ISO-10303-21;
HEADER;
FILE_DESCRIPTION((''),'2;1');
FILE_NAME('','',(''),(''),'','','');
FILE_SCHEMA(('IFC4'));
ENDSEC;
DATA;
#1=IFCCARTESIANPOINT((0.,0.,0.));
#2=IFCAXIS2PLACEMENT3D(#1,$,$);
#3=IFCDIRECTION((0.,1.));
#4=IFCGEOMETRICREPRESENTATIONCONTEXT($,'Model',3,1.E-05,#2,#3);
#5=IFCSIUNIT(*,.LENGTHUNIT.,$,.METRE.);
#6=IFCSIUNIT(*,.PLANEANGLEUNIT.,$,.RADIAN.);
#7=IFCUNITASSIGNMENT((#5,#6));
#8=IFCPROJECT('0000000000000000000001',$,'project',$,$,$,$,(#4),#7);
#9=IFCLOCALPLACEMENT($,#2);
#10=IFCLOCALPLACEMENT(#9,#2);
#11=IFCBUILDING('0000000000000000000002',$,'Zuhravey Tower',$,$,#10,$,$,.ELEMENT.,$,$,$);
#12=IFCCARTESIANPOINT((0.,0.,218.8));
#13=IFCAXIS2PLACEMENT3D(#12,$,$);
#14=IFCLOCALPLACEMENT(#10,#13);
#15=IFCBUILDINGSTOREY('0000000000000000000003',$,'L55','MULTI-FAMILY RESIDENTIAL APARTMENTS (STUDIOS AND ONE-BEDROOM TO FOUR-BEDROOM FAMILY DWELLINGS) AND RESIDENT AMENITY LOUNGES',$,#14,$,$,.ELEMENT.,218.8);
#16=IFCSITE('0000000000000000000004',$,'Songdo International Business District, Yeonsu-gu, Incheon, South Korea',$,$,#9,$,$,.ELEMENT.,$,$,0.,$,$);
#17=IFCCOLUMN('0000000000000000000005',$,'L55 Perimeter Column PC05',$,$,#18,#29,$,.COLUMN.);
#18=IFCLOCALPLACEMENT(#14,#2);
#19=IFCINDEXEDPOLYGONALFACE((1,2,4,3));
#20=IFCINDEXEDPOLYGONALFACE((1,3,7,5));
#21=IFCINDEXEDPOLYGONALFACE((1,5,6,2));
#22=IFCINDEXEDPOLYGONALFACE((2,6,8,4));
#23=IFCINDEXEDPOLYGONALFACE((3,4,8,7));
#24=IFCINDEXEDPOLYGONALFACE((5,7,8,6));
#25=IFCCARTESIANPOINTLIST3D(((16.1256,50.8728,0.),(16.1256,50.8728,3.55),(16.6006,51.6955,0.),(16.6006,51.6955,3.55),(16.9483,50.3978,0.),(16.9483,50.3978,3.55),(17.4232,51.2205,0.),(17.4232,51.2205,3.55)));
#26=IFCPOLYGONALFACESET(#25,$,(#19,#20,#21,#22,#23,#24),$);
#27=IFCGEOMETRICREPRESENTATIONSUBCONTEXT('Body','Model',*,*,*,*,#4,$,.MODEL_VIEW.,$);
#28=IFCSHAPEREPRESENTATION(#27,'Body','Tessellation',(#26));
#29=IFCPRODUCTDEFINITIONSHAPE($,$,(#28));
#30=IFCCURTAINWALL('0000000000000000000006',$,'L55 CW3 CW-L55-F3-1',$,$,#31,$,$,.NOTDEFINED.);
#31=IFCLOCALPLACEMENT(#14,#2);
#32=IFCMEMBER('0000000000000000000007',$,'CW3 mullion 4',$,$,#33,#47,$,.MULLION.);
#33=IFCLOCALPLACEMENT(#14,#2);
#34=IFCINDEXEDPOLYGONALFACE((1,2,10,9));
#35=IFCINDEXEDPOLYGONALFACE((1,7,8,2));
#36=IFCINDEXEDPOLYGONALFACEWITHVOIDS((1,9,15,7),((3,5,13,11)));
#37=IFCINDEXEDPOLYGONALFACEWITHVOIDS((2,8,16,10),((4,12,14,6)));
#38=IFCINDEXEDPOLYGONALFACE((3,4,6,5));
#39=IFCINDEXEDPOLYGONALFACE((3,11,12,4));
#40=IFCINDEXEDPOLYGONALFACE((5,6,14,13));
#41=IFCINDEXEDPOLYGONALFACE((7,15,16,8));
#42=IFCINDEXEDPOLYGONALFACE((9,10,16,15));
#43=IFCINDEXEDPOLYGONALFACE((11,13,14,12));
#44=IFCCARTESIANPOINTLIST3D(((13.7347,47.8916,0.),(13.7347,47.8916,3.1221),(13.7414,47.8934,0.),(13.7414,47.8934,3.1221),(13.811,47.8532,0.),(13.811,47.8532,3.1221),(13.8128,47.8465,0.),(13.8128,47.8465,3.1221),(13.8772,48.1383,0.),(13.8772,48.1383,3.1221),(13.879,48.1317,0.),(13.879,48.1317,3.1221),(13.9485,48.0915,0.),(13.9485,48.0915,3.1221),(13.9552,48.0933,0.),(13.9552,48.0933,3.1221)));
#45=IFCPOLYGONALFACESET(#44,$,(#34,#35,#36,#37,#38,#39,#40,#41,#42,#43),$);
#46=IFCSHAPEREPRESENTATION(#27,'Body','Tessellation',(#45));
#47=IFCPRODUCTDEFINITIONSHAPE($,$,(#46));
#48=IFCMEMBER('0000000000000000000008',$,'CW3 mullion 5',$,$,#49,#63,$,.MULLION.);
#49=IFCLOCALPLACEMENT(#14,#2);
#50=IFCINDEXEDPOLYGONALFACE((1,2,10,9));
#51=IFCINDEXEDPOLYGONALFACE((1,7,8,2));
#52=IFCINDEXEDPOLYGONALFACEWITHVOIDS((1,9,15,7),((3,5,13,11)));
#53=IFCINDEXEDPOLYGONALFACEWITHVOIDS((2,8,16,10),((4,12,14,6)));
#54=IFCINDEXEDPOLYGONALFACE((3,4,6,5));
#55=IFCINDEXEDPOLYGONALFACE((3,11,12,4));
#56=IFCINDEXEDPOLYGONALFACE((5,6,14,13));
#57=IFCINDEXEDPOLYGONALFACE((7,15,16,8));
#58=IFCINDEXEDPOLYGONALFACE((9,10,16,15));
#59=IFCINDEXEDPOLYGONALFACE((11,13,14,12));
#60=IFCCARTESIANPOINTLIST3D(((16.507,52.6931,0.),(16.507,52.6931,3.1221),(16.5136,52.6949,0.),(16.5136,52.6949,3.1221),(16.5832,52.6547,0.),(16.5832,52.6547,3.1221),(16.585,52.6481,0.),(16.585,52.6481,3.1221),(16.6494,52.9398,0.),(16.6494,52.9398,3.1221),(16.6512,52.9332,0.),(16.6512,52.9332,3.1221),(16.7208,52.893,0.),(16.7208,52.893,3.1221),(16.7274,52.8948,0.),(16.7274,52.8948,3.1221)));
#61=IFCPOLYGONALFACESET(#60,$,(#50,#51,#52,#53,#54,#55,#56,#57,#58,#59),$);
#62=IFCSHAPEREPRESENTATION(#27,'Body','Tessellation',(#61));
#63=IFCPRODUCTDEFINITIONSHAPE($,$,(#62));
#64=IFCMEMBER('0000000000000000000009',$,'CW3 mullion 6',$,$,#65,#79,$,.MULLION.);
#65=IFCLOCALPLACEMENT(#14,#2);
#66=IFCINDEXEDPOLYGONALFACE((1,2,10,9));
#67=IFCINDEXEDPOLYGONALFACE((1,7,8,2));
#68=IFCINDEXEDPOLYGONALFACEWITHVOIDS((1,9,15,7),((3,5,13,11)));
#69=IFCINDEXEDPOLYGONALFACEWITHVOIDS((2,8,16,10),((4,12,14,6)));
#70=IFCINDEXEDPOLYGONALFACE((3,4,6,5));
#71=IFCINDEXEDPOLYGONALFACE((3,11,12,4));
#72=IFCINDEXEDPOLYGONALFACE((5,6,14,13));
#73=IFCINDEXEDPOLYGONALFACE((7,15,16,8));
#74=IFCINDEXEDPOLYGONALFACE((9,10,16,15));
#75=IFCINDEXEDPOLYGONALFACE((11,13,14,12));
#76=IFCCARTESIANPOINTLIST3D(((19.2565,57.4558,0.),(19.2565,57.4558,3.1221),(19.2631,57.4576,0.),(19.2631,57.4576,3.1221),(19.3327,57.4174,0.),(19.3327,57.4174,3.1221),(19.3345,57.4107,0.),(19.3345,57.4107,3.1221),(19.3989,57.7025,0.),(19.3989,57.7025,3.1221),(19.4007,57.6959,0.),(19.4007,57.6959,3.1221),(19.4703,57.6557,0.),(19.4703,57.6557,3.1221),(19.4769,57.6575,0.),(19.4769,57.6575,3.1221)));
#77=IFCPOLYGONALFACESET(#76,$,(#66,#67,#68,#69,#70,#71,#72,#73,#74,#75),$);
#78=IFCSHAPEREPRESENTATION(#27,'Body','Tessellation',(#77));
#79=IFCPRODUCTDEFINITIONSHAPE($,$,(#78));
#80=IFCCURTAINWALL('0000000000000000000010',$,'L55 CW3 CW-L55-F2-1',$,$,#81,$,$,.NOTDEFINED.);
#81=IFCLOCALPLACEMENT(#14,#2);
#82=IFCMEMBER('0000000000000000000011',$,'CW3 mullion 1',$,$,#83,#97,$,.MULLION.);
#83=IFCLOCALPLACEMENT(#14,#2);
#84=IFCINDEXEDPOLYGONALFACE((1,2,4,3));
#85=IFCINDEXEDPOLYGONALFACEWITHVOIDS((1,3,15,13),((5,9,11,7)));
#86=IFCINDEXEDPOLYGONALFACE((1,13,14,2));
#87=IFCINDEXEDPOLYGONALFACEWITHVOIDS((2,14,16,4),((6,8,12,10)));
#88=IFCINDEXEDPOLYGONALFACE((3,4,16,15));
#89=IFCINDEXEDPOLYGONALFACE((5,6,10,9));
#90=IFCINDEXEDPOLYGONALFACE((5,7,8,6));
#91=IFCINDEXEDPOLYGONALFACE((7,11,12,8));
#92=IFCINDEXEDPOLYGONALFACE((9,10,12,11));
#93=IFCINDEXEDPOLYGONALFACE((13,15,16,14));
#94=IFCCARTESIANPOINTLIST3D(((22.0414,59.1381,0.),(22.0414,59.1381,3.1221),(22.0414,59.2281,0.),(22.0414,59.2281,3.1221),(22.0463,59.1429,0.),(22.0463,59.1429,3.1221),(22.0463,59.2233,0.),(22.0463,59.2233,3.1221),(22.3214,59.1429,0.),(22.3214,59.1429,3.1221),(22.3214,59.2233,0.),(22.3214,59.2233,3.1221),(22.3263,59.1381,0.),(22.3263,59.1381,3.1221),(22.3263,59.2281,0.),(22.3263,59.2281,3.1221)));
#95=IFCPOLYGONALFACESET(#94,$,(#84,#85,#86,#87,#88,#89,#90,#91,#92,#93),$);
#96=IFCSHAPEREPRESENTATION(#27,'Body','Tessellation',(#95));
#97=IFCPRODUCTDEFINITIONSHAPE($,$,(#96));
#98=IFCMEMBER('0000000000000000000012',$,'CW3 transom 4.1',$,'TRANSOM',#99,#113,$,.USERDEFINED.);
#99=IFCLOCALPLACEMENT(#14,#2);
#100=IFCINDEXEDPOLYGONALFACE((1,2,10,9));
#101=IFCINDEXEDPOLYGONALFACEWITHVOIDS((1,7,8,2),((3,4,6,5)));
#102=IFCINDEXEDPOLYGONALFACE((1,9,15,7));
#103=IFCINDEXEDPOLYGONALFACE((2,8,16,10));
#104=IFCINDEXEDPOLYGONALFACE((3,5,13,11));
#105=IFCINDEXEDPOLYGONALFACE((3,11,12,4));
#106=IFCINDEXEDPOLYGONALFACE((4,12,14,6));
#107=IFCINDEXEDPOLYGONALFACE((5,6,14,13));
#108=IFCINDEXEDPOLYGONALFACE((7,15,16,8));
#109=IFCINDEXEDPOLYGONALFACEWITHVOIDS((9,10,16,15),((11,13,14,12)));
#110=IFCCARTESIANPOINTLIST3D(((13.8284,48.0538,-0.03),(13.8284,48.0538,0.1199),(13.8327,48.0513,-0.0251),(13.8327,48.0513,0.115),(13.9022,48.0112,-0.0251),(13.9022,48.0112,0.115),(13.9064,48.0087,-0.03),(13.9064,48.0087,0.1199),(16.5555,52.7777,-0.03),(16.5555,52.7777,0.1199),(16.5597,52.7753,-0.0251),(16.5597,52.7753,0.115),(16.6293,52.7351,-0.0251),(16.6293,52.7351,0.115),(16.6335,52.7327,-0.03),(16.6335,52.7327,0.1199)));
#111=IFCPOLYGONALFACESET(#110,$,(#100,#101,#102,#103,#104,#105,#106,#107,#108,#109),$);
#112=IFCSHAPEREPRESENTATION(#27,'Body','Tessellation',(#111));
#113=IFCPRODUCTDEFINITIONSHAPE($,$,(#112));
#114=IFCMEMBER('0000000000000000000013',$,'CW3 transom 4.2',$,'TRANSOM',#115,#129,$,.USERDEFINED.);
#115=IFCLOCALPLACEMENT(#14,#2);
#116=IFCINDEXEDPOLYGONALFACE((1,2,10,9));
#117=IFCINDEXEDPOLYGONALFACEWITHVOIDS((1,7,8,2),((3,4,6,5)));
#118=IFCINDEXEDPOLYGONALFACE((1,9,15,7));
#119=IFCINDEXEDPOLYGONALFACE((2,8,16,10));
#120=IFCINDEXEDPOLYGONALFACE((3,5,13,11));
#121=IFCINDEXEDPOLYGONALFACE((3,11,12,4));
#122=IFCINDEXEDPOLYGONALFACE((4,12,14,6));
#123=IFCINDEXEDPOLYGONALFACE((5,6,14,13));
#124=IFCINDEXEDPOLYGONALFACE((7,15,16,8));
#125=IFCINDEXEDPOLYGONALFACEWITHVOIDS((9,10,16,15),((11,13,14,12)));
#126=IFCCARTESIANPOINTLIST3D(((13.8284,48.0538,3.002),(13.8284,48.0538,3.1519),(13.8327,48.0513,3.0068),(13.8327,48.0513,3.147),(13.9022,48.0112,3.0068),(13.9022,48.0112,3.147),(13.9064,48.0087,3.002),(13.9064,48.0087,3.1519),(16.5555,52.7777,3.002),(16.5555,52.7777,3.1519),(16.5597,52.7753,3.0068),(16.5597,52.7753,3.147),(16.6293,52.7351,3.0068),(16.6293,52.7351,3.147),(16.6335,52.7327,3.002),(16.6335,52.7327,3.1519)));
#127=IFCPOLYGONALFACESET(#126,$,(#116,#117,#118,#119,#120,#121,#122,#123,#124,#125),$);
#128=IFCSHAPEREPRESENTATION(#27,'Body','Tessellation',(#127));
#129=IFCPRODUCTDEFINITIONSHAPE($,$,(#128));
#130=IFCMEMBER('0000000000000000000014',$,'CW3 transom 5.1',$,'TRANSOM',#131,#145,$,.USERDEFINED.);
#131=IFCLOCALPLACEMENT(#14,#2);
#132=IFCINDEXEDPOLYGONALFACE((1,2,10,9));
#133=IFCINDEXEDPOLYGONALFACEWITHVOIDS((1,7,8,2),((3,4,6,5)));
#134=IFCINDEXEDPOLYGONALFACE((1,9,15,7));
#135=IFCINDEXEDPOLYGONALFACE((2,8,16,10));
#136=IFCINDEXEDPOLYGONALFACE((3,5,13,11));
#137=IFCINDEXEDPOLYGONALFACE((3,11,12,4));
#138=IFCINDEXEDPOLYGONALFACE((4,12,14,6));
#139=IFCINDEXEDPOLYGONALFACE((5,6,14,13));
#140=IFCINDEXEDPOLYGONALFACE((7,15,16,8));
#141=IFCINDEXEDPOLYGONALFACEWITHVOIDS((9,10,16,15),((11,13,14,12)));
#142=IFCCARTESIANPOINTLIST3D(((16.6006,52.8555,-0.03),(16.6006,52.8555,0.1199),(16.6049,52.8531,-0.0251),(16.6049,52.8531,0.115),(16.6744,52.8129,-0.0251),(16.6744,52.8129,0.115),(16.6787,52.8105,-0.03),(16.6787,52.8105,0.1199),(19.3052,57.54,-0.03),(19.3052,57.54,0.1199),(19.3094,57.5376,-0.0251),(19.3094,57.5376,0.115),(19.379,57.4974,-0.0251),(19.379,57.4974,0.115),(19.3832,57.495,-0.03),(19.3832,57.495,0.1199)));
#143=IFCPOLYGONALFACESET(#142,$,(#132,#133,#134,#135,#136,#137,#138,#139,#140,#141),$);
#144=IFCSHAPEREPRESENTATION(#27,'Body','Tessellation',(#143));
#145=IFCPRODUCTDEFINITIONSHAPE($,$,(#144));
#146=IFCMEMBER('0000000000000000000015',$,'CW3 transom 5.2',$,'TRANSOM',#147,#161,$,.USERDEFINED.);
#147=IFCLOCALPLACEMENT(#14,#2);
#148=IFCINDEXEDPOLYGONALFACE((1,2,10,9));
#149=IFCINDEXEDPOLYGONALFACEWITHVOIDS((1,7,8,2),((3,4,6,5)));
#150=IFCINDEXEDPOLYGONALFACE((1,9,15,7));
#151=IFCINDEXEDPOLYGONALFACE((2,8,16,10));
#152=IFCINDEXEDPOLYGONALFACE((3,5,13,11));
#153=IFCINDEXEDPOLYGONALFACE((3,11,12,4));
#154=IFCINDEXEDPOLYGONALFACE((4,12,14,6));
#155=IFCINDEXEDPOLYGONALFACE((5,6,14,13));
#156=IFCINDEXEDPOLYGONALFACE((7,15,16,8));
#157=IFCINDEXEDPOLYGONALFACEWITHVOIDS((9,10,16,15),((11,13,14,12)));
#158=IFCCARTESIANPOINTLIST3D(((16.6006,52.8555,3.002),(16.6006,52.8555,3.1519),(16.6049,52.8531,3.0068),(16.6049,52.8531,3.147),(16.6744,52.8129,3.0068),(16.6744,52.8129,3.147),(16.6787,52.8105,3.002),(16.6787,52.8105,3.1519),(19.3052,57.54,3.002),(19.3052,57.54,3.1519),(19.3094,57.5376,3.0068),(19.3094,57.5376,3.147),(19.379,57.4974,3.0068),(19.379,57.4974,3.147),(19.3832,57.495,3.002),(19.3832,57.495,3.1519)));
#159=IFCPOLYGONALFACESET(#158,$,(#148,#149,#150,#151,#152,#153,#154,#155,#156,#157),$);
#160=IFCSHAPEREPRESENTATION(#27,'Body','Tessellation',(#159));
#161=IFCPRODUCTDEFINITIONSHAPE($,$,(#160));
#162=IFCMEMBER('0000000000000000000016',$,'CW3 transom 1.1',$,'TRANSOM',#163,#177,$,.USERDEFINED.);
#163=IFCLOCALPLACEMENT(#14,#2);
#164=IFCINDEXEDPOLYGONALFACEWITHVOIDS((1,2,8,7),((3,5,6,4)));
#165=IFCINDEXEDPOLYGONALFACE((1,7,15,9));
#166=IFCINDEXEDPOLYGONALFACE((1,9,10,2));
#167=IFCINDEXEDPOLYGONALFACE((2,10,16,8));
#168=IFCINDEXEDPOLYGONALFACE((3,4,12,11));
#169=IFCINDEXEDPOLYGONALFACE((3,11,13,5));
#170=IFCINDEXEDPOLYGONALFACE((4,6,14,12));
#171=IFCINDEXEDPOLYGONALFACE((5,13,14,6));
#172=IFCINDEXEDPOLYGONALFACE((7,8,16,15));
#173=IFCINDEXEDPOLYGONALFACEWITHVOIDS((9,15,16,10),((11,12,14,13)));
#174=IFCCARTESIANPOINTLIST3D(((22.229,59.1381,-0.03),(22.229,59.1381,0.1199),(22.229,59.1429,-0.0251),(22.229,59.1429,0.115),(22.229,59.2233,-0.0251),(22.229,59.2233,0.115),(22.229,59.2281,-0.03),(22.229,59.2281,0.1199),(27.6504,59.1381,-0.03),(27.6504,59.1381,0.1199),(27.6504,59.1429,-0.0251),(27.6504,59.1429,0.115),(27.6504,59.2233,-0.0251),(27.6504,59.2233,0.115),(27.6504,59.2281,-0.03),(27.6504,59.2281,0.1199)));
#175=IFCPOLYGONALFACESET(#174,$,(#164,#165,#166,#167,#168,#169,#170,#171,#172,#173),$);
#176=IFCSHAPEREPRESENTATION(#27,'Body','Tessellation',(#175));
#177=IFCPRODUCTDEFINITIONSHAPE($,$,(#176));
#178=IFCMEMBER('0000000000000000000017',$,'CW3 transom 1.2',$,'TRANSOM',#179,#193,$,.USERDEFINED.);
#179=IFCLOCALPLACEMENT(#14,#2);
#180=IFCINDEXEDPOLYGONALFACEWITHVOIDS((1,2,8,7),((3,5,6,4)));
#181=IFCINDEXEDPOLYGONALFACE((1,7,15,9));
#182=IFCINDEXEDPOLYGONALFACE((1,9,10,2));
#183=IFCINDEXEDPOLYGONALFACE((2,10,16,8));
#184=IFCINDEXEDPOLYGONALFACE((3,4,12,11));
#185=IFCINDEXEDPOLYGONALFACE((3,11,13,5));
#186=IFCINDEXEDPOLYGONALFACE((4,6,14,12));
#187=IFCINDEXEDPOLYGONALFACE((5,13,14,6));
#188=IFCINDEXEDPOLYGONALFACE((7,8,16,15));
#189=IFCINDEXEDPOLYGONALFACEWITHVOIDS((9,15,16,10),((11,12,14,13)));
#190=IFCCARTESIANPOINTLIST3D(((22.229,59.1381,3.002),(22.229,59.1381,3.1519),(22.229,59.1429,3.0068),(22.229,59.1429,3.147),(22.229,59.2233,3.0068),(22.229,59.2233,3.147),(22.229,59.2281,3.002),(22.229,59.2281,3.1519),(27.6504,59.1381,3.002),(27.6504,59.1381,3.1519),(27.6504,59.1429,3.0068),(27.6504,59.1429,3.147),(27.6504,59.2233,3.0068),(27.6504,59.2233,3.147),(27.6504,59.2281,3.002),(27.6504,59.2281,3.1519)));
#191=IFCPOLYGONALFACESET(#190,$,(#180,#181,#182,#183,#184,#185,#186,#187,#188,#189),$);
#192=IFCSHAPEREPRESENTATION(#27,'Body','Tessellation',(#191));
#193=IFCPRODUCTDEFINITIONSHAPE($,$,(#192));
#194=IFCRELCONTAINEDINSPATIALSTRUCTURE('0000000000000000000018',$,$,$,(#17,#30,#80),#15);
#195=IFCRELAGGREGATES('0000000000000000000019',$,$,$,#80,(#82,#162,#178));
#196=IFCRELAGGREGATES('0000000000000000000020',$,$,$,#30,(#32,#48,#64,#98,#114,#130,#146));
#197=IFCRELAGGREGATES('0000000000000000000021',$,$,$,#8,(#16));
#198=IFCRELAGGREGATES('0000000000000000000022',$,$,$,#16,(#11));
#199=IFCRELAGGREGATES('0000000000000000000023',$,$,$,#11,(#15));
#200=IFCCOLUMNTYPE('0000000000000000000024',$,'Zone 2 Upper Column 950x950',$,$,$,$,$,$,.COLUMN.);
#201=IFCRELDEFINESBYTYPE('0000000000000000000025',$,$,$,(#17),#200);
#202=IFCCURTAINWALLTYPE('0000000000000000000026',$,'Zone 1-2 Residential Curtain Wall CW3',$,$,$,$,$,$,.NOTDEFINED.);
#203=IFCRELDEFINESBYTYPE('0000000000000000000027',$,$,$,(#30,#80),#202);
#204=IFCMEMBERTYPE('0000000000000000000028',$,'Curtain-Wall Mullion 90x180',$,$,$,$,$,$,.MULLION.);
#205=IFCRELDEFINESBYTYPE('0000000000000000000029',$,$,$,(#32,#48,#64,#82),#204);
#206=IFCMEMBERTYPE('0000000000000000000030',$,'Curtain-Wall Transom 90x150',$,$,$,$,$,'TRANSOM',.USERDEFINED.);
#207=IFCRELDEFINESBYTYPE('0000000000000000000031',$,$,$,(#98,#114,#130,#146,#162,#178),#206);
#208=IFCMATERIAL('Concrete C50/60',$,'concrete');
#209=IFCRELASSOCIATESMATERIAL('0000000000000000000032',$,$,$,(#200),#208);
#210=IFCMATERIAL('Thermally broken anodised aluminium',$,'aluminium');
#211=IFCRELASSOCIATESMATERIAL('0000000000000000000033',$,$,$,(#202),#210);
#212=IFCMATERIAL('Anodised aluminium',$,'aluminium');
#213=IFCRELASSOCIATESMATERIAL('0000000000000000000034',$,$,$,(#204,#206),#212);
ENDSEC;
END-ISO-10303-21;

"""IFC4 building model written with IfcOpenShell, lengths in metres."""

from ifc_helpers import new_model, si_unit, direction, frame, origin, origin_2d, place, context, subcontext, project, spatial, rectangle, hollow_rectangle, extrude, material, material_profile, profile_set, type_object, element, aggregate, save


model = new_model("IFC4")

# Units and contexts
model_context = context("Model", 3, precision=1e-05, world=origin(), true_north=direction((0.0, 1.0)))
body_context = subcontext(model_context, "Body", "Model", "MODEL_VIEW")
ifc_project = project(units=[si_unit("LENGTHUNIT", "METRE"), si_unit("PLANEANGLEUNIT", "RADIAN")], contexts=[model_context])

# Site, building, storey
site_placement = place(None, origin())
site = spatial("IfcSite", under=ifc_project, at=site_placement, Name="Songdo International Business District, Yeonsu-gu, Incheon, South Korea", CompositionType="ELEMENT", RefElevation=0.0)
building_placement = place(site_placement, origin())
building = spatial("IfcBuilding", under=site, at=building_placement, Name="Zuhravey Tower", CompositionType="ELEMENT")
storey_placement = place(building_placement, frame((0.0, 0.0, 218.8)))
storey = spatial("IfcBuildingStorey", under=building, at=storey_placement, Name="L55", Description="MULTI-FAMILY RESIDENTIAL APARTMENTS (STUDIOS AND ONE-BEDROOM TO FOUR-BEDROOM FAMILY DWELLINGS) AND RESIDENT AMENITY LOUNGES", CompositionType="ELEMENT", Elevation=218.8)

# Column
ifc_material_1 = material(Name="Concrete C50/60", Category="concrete")
ifc_material_profile_1 = material_profile(ifc_material_1, rectangle(XDim=0.95, YDim=0.95, at=origin_2d()), Name="RC-950x950")
ifc_profile_set_1 = profile_set([ifc_material_profile_1], Name="Concrete C50/60")
column_type = type_object("IfcColumnType", Name="Zone 2 Upper Column 950x950", PredefinedType="COLUMN", material=ifc_profile_set_1)
column_placement = place(storey_placement, frame((16.7744, 51.0466, 0.0), z_axis=(0.0, 0.0, 1.0), x_axis=(-0.5, -0.866025, 0.0)))
element("IfcColumn", 1, at=column_placement, inside=storey, type_object=column_type, Name="L55 Perimeter Column PC05", PredefinedType="COLUMN", context=body_context, shape_type="SweptSolid", body=[
    extrude(rectangle(XDim=0.95, YDim=0.95, at=origin_2d()), origin(), (0.0, 0.0, 1.0), 3.55),
])

# Curtain wall, members
ifc_material_2 = material(Name="Thermally broken anodised aluminium", Category="aluminium")
curtain_wall_type = type_object("IfcCurtainWallType", Name="Zone 1-2 Residential Curtain Wall CW3", PredefinedType="NOTDEFINED", material=ifc_material_2)
curtain_wall_1_placement = place(storey_placement, origin())
curtain_wall_1 = element("IfcCurtainWall", 2, at=curtain_wall_1_placement, inside=storey, type_object=curtain_wall_type, Name="L55 CW3 CW-L55-F3-1", PredefinedType="NOTDEFINED")
ifc_material_3 = material(Name="Anodised aluminium", Category="aluminium")
ifc_material_profile_2 = material_profile(ifc_material_3, hollow_rectangle(XDim=0.0901, YDim=0.2849, WallThickness=0.0049, at=origin_2d()), Name="ALU-RHS-90x285x5")
ifc_profile_set_2 = profile_set([ifc_material_profile_2], Name="Anodised aluminium")
member_type_1 = type_object("IfcMemberType", Name="Curtain-Wall Mullion 90x180", PredefinedType="MULLION", material=ifc_profile_set_2)
member_1_placement = place(storey_placement, frame((13.845, 47.9924, 0.0), z_axis=(0.0, 0.0, 1.0), x_axis=(-0.866025, 0.5, 0.0)))
member_1 = element("IfcMember", 3, at=member_1_placement, type_object=member_type_1, Name="CW3 mullion 4", PredefinedType="MULLION", context=body_context, shape_type="SweptSolid", body=[
    extrude(hollow_rectangle(XDim=0.0901, YDim=0.2849, WallThickness=0.0049, at=origin_2d()), origin(), (0.0, 0.0, 1.0), 3.1221),
])
member_2_placement = place(storey_placement, frame((16.6172, 52.7939, 0.0), z_axis=(0.0, 0.0, 1.0), x_axis=(-0.866025, 0.5, 0.0)))
member_2 = element("IfcMember", 4, at=member_2_placement, type_object=member_type_1, Name="CW3 mullion 5", PredefinedType="MULLION", context=body_context, shape_type="SweptSolid", body=[
    extrude(hollow_rectangle(XDim=0.0901, YDim=0.2849, WallThickness=0.0049, at=origin_2d()), origin(), (0.0, 0.0, 1.0), 3.1221),
])
member_3_placement = place(storey_placement, frame((19.3667, 57.5566, 0.0), z_axis=(0.0, 0.0, 1.0), x_axis=(-0.866025, 0.5, 0.0)))
member_3 = element("IfcMember", 5, at=member_3_placement, type_object=member_type_1, Name="CW3 mullion 6", PredefinedType="MULLION", context=body_context, shape_type="SweptSolid", body=[
    extrude(hollow_rectangle(XDim=0.0901, YDim=0.2849, WallThickness=0.0049, at=origin_2d()), origin(), (0.0, 0.0, 1.0), 3.1221),
])

# Curtain wall, member
curtain_wall_2_placement = place(storey_placement, origin())
curtain_wall_2 = element("IfcCurtainWall", 6, at=curtain_wall_2_placement, inside=storey, type_object=curtain_wall_type, Name="L55 CW3 CW-L55-F2-1", PredefinedType="NOTDEFINED")
member_4_placement = place(storey_placement, frame((22.1838, 59.1831, 0.0), z_axis=(0.0, 0.0, 1.0), x_axis=(0.0, 1.0, 0.0)))
member_4 = element("IfcMember", 7, at=member_4_placement, type_object=member_type_1, Name="CW3 mullion 1", PredefinedType="MULLION", context=body_context, shape_type="SweptSolid", body=[
    extrude(hollow_rectangle(XDim=0.0901, YDim=0.2849, WallThickness=0.0049, at=origin_2d()), origin(), (0.0, 0.0, 1.0), 3.1221),
])

# Members
ifc_material_profile_3 = material_profile(ifc_material_3, hollow_rectangle(XDim=0.0901, YDim=0.1499, WallThickness=0.0049, at=origin_2d()), Name="ALU-RHS-90x150x5")
ifc_profile_set_3 = profile_set([ifc_material_profile_3], Name="Anodised aluminium")
member_type_2 = type_object("IfcMemberType", Name="Curtain-Wall Transom 90x150", ElementType="TRANSOM", PredefinedType="USERDEFINED", material=ifc_profile_set_3)
member_5_placement = place(storey_placement, frame((13.8674, 48.0312, 0.0449), z_axis=(0.499961, 0.866048, 0.0), x_axis=(-0.866048, 0.499961, 0.0)))
member_5 = element("IfcMember", 8, at=member_5_placement, type_object=member_type_2, Name="CW3 transom 4.1", ObjectType="TRANSOM", PredefinedType="USERDEFINED", context=body_context, shape_type="SweptSolid", body=[
    extrude(hollow_rectangle(XDim=0.0901, YDim=0.1499, WallThickness=0.0049, at=origin_2d()), origin(), (0.0, 0.0, 1.0), 5.4546),
])
member_6_placement = place(storey_placement, frame((13.8674, 48.0312, 3.0769), z_axis=(0.499961, 0.866048, 0.0), x_axis=(-0.866048, 0.499961, 0.0)))
member_6 = element("IfcMember", 9, at=member_6_placement, type_object=member_type_2, Name="CW3 transom 4.2", ObjectType="TRANSOM", PredefinedType="USERDEFINED", context=body_context, shape_type="SweptSolid", body=[
    extrude(hollow_rectangle(XDim=0.0901, YDim=0.1499, WallThickness=0.0049, at=origin_2d()), origin(), (0.0, 0.0, 1.0), 5.4546),
])
member_7_placement = place(storey_placement, frame((16.6396, 52.833, 0.0449), z_axis=(0.499993, 0.866029, 0.0), x_axis=(-0.866029, 0.499993, 0.0)))
member_7 = element("IfcMember", 10, at=member_7_placement, type_object=member_type_2, Name="CW3 transom 5.1", ObjectType="TRANSOM", PredefinedType="USERDEFINED", context=body_context, shape_type="SweptSolid", body=[
    extrude(hollow_rectangle(XDim=0.0901, YDim=0.1499, WallThickness=0.0049, at=origin_2d()), origin(), (0.0, 0.0, 1.0), 5.4092),
])
member_8_placement = place(storey_placement, frame((16.6396, 52.833, 3.0769), z_axis=(0.499993, 0.866029, 0.0), x_axis=(-0.866029, 0.499993, 0.0)))
member_8 = element("IfcMember", 11, at=member_8_placement, type_object=member_type_2, Name="CW3 transom 5.2", ObjectType="TRANSOM", PredefinedType="USERDEFINED", context=body_context, shape_type="SweptSolid", body=[
    extrude(hollow_rectangle(XDim=0.0901, YDim=0.1499, WallThickness=0.0049, at=origin_2d()), origin(), (0.0, 0.0, 1.0), 5.4092),
])
member_9_placement = place(storey_placement, frame((22.229, 59.1831, 0.0449), z_axis=(1.0, 0.0, 0.0), x_axis=(0.0, 1.0, 0.0)))
member_9 = element("IfcMember", 12, at=member_9_placement, type_object=member_type_2, Name="CW3 transom 1.1", ObjectType="TRANSOM", PredefinedType="USERDEFINED", context=body_context, shape_type="SweptSolid", body=[
    extrude(hollow_rectangle(XDim=0.0901, YDim=0.1499, WallThickness=0.0049, at=origin_2d()), origin(), (0.0, 0.0, 1.0), 5.4214),
])
member_10_placement = place(storey_placement, frame((22.229, 59.1831, 3.0769), z_axis=(1.0, 0.0, 0.0), x_axis=(0.0, 1.0, 0.0)))
member_10 = element("IfcMember", 13, at=member_10_placement, type_object=member_type_2, Name="CW3 transom 1.2", ObjectType="TRANSOM", PredefinedType="USERDEFINED", context=body_context, shape_type="SweptSolid", body=[
    extrude(hollow_rectangle(XDim=0.0901, YDim=0.1499, WallThickness=0.0049, at=origin_2d()), origin(), (0.0, 0.0, 1.0), 5.4214),
])
aggregate(curtain_wall_2, [member_4, member_9, member_10])

aggregate(curtain_wall_1, [member_1, member_2, member_3, member_5, member_6, member_7, member_8])

save(model, "model.ifc")
